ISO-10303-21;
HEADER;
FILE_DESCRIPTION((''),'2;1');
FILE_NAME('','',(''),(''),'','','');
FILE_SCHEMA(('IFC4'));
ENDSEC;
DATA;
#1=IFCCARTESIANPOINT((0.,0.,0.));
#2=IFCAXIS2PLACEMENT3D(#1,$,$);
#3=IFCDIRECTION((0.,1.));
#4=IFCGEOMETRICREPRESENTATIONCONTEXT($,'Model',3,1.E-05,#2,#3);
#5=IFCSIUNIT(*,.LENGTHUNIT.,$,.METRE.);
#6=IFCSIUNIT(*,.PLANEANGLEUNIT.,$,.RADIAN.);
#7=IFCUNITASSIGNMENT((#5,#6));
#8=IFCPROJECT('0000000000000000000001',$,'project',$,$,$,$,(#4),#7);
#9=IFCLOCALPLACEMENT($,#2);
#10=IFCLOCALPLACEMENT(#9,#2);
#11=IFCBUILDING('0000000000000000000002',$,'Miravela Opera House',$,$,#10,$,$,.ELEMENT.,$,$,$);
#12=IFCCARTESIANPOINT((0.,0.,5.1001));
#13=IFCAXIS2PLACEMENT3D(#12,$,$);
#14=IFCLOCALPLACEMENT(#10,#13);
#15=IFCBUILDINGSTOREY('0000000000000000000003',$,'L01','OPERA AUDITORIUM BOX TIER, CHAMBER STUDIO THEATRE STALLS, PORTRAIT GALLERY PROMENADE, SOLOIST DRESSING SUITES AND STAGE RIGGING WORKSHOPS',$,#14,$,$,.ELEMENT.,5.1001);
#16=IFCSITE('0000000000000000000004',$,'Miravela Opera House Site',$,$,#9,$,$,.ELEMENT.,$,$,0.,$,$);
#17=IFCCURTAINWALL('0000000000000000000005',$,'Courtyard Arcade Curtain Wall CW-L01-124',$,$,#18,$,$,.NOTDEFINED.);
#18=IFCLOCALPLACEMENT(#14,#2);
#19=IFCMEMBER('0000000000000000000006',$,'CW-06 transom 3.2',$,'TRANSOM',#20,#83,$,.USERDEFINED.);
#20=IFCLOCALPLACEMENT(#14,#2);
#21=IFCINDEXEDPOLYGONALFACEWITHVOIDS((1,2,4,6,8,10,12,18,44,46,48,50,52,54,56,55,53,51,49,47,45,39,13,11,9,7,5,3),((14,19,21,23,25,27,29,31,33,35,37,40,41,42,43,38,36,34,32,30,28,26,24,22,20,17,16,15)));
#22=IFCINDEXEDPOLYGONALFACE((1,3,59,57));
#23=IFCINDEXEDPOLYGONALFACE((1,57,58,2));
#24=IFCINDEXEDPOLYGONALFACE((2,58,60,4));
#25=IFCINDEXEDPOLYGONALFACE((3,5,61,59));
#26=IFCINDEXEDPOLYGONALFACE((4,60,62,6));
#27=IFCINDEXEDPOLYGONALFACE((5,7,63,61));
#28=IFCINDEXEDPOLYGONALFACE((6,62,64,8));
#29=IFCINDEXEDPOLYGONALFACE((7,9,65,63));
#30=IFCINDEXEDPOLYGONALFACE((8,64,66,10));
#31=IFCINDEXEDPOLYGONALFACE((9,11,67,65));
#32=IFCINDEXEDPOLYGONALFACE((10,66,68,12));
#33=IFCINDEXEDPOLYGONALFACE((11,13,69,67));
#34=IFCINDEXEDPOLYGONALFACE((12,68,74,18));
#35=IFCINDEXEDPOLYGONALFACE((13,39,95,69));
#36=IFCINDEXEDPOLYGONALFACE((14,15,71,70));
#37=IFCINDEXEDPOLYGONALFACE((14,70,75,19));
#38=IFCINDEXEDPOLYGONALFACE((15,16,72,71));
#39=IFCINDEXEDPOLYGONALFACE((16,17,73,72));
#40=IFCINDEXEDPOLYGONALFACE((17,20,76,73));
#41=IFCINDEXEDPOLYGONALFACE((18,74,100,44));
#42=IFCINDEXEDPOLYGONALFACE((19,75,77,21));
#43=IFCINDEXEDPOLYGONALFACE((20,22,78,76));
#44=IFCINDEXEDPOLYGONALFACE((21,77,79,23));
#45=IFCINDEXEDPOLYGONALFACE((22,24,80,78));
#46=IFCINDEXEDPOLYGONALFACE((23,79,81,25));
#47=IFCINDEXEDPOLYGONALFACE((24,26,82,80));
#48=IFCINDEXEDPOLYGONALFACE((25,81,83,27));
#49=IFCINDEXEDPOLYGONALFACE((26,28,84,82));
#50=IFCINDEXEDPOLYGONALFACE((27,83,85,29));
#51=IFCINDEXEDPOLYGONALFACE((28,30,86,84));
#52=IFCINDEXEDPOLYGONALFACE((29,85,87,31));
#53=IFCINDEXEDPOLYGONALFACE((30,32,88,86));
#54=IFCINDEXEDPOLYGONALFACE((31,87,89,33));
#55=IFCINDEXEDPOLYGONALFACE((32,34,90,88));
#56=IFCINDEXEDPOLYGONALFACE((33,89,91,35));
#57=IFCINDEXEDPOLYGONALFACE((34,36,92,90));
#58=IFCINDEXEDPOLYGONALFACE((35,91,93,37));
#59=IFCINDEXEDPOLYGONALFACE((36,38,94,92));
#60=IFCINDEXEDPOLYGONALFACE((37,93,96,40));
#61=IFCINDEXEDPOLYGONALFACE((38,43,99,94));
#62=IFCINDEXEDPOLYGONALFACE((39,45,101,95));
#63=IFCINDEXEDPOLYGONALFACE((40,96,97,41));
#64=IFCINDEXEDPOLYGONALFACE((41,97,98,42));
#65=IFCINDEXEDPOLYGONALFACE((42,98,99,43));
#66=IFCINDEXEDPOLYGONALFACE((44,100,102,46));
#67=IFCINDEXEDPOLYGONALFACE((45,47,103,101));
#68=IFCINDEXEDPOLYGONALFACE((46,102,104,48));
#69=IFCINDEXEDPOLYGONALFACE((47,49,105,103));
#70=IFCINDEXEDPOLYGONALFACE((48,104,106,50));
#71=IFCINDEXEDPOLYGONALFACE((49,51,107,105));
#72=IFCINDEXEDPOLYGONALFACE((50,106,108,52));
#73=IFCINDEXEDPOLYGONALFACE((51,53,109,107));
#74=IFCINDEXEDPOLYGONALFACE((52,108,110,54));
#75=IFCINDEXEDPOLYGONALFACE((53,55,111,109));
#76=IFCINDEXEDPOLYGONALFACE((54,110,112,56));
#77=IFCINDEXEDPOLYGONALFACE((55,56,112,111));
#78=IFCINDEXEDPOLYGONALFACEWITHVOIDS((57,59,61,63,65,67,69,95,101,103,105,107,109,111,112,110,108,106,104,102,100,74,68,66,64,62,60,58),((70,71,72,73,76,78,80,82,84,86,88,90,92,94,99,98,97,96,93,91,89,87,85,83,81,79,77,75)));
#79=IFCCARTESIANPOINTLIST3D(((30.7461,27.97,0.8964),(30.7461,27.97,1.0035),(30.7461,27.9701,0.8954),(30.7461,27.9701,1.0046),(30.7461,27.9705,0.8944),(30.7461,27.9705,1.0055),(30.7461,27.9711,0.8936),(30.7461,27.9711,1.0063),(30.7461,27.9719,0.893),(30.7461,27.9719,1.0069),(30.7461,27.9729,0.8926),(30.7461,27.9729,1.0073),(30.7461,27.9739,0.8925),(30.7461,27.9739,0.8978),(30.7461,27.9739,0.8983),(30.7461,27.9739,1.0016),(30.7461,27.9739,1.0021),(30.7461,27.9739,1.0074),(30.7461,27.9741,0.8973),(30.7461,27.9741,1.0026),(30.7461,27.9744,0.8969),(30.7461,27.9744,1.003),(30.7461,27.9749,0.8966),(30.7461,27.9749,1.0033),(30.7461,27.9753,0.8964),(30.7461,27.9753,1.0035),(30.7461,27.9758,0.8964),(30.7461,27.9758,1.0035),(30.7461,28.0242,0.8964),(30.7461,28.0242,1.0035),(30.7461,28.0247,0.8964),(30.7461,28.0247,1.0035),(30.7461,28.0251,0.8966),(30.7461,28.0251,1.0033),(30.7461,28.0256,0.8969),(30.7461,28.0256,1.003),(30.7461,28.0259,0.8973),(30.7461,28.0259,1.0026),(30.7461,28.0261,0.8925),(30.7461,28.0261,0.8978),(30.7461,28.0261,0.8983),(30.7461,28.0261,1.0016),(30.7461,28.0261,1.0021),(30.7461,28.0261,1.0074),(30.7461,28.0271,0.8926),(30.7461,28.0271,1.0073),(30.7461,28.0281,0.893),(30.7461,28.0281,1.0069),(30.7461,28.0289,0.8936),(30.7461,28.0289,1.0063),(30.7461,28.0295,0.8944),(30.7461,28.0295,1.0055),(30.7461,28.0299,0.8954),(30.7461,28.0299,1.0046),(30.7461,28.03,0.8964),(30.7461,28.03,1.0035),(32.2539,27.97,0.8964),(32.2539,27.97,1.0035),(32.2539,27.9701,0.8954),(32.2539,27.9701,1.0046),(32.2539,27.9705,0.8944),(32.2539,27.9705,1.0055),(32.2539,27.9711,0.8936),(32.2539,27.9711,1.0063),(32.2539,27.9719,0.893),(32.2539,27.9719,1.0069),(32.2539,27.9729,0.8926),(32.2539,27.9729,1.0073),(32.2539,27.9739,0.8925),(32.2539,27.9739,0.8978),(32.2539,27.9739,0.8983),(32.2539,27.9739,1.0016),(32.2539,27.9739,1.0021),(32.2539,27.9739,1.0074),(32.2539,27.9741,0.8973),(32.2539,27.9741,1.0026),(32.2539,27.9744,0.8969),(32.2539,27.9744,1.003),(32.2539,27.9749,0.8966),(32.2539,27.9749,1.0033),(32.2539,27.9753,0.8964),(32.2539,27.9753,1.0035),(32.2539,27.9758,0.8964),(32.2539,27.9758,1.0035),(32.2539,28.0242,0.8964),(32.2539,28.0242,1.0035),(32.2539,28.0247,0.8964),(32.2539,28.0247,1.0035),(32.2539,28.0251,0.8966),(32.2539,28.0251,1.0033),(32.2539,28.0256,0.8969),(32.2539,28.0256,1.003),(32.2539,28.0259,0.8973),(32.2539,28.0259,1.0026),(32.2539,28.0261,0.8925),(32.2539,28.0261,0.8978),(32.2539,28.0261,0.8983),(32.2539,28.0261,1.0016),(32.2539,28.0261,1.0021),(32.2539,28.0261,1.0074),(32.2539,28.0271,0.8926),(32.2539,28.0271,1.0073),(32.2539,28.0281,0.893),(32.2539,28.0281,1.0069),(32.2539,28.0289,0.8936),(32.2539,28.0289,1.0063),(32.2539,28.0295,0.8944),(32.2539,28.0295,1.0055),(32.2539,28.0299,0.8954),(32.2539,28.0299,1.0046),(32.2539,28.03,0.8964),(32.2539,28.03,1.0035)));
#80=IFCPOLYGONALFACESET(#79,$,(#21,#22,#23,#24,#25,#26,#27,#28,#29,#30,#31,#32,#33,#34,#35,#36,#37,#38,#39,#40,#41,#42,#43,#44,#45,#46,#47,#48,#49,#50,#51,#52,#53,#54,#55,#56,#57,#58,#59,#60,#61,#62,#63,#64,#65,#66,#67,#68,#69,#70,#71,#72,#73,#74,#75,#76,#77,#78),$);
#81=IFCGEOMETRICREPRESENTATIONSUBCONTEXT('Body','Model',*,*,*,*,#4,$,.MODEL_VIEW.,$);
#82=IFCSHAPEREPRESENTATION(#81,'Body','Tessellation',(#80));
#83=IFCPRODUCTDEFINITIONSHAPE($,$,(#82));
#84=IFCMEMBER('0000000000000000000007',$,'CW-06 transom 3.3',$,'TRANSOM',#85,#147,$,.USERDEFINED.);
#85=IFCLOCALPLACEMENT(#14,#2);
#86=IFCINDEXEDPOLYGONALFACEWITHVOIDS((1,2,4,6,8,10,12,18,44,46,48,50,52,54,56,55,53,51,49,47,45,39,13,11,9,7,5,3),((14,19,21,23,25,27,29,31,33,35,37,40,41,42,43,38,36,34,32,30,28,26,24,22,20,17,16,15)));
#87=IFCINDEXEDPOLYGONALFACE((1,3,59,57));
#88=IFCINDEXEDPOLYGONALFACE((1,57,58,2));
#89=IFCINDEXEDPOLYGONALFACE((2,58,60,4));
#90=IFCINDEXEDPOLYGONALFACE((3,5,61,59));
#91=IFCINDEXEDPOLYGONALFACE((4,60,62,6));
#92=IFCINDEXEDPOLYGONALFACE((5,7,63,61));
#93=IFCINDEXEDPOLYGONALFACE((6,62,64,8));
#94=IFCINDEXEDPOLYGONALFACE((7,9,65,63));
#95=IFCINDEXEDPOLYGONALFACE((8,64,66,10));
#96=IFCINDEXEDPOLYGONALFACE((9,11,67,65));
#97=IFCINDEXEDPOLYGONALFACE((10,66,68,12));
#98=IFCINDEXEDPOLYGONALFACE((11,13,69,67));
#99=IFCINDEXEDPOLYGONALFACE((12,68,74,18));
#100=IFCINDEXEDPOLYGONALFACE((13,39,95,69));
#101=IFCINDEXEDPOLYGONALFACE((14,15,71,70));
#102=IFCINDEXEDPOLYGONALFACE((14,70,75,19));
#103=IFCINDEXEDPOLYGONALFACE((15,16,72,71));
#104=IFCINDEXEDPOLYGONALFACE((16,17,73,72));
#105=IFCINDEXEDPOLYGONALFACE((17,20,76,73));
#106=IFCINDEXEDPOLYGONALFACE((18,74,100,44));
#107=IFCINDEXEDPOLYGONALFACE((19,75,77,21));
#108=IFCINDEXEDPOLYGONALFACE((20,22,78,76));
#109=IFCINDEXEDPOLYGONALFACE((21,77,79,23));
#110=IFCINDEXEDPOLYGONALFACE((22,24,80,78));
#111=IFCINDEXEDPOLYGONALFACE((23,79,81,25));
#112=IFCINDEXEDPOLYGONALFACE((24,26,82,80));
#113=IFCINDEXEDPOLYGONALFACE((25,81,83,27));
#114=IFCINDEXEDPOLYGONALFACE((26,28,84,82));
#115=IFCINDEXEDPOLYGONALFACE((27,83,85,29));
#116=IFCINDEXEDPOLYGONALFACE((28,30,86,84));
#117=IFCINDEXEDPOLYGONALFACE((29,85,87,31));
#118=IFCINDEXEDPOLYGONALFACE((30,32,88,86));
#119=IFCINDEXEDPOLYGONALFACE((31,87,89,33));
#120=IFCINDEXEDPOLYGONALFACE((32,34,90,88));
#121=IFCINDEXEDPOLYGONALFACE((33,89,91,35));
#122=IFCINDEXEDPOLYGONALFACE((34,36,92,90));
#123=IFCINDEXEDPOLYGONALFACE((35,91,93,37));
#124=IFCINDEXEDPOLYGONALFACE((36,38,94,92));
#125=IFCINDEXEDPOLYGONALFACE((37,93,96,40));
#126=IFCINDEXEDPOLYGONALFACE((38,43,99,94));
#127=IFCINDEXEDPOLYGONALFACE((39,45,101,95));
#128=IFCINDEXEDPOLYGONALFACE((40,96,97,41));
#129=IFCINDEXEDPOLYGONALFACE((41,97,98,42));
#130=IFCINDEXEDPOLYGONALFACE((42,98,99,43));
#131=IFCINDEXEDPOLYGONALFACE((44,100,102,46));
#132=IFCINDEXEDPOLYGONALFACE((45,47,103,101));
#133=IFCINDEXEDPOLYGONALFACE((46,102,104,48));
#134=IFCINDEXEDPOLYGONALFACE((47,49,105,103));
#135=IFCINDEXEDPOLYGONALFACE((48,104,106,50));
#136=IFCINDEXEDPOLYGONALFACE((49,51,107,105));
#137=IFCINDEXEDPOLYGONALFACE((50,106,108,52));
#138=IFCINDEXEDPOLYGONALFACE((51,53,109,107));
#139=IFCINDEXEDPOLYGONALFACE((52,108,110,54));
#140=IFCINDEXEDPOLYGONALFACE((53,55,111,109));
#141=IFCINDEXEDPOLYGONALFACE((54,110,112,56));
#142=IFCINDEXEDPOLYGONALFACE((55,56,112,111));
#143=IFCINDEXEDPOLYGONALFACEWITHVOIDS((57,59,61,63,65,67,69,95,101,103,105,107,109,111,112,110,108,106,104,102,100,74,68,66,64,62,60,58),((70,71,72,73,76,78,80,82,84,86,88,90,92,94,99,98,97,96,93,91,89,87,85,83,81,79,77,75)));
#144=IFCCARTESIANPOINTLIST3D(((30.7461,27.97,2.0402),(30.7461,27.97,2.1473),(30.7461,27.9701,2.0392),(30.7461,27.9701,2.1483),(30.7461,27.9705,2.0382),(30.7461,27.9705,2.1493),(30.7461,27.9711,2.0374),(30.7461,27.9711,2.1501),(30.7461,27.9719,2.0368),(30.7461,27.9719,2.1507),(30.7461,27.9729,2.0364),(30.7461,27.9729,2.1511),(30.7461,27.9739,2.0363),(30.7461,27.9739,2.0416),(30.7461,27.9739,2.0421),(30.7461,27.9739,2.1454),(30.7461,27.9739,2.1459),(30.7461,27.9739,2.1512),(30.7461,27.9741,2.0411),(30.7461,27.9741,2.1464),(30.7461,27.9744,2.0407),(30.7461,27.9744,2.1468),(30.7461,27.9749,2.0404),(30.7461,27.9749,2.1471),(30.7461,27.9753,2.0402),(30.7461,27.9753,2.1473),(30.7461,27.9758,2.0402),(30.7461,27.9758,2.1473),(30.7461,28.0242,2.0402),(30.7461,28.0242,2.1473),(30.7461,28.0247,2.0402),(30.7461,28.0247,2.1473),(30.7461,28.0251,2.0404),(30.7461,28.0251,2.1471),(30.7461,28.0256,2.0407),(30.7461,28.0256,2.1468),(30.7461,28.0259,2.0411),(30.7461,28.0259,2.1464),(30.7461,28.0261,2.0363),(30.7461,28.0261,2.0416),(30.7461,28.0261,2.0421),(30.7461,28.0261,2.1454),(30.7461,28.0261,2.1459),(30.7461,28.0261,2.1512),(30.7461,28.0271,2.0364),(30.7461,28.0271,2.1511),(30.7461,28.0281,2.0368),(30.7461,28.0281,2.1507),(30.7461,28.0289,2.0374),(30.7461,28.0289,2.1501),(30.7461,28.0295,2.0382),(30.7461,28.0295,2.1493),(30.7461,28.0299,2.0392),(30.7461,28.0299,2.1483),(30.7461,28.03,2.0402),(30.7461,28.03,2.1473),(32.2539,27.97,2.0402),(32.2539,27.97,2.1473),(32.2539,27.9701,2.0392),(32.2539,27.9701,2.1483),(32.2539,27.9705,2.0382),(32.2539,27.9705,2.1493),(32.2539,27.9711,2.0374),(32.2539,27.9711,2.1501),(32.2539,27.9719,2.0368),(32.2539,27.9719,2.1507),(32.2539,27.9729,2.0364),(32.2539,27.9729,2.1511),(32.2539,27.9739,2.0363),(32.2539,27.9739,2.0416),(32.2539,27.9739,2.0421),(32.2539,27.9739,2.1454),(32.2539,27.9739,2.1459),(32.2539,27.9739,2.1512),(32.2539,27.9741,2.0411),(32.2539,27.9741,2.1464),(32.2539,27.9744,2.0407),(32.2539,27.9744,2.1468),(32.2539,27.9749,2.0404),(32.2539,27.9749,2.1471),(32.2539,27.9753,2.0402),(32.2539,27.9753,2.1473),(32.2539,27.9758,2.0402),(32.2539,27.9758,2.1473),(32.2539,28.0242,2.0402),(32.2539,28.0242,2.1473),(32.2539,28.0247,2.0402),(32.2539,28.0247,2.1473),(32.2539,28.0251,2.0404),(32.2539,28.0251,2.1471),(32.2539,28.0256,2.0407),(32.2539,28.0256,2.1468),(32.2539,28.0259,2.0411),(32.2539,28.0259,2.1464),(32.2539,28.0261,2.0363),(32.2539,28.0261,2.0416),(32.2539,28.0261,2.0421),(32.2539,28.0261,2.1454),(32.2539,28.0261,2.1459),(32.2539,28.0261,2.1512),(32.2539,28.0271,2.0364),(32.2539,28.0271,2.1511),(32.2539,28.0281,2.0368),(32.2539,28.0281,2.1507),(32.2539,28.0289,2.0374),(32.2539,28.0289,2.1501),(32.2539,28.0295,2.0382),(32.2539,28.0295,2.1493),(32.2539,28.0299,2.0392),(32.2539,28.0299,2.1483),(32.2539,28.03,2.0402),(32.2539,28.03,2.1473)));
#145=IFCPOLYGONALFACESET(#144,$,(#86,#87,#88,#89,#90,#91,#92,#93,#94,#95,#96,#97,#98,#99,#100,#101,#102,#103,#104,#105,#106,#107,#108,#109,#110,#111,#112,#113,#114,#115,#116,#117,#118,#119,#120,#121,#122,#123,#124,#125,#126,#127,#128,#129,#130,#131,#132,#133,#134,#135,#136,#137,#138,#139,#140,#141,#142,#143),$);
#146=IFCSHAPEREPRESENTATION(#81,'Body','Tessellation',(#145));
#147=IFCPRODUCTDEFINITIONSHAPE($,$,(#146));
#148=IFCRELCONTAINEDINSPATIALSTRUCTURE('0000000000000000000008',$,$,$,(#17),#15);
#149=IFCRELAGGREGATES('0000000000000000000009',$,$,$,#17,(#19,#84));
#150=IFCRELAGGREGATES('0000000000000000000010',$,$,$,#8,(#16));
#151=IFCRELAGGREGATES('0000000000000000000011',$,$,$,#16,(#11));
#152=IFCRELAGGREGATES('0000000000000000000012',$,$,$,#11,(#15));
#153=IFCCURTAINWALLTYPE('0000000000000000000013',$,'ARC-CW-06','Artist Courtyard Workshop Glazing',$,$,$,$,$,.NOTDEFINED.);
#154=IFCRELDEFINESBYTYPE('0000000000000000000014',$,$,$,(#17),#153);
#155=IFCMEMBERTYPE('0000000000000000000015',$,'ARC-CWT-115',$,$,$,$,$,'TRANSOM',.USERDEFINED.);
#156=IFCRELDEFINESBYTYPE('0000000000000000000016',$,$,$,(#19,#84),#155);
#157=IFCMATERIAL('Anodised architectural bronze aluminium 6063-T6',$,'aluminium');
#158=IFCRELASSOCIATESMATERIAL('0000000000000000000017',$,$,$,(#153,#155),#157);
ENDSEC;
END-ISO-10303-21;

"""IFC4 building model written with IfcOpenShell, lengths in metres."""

from ifc_helpers import new_model, si_unit, direction, frame, origin, origin_2d, place, context, subcontext, project, spatial, hollow_rectangle, extrude, material, material_profile, profile_set, type_object, element, aggregate, save


model = new_model("IFC4")

# Units and contexts
model_context = context("Model", 3, precision=1e-05, world=origin(), true_north=direction((0.0, 1.0)))
body_context = subcontext(model_context, "Body", "Model", "MODEL_VIEW")
ifc_project = project(units=[si_unit("LENGTHUNIT", "METRE"), si_unit("PLANEANGLEUNIT", "RADIAN")], contexts=[model_context])

# Site, building, storey
site_placement = place(None, origin())
site = spatial("IfcSite", under=ifc_project, at=site_placement, Name="Miravela Opera House Site", CompositionType="ELEMENT", RefElevation=0.0)
building_placement = place(site_placement, origin())
building = spatial("IfcBuilding", under=site, at=building_placement, Name="Miravela Opera House", CompositionType="ELEMENT")
storey_placement = place(building_placement, frame((0.0, 0.0, 5.1001)))
storey = spatial("IfcBuildingStorey", under=building, at=storey_placement, Name="L01", Description="OPERA AUDITORIUM BOX TIER, CHAMBER STUDIO THEATRE STALLS, PORTRAIT GALLERY PROMENADE, SOLOIST DRESSING SUITES AND STAGE RIGGING WORKSHOPS", CompositionType="ELEMENT", Elevation=5.1001)

# Curtain wall, members
ifc_material_1 = material(Name="Anodised architectural bronze aluminium 6063-T6", Category="aluminium")
curtain_wall_type = type_object("IfcCurtainWallType", Name="ARC-CW-06", Description="Artist Courtyard Workshop Glazing", PredefinedType="NOTDEFINED", material=ifc_material_1)
curtain_wall_placement = place(storey_placement, origin())
curtain_wall = element("IfcCurtainWall", 1, at=curtain_wall_placement, inside=storey, type_object=curtain_wall_type, Name="Courtyard Arcade Curtain Wall CW-L01-124", PredefinedType="NOTDEFINED")
ifc_material_profile_1 = material_profile(ifc_material_1, hollow_rectangle(XDim=0.0601, YDim=0.115, WallThickness=0.0039, InnerFilletRadius=0.002, OuterFilletRadius=0.0039, at=origin_2d()), Name="CWT-60X115")
ifc_profile_set_1 = profile_set([ifc_material_profile_1])
member_type_1 = type_object("IfcMemberType", Name="ARC-CWT-115", ElementType="TRANSOM", PredefinedType="USERDEFINED", material=ifc_profile_set_1)
member_1_placement = place(storey_placement, frame((30.7461, 28.0, 0.95), z_axis=(1.0, 0.0, 0.0), x_axis=(0.0, 1.0, 0.0)))
member_1 = element("IfcMember", 2, at=member_1_placement, type_object=member_type_1, Name="CW-06 transom 3.2", ObjectType="TRANSOM", PredefinedType="USERDEFINED", context=body_context, shape_type="SweptSolid", body=[
    extrude(hollow_rectangle(XDim=0.0601, YDim=0.115, WallThickness=0.0039, InnerFilletRadius=0.002, OuterFilletRadius=0.0039, at=origin_2d()), origin(), (0.0, 0.0, 1.0), 1.5078),
])
member_2_placement = place(storey_placement, frame((30.7461, 28.0, 2.0938), z_axis=(1.0, 0.0, 0.0), x_axis=(0.0, 1.0, 0.0)))
member_2 = element("IfcMember", 3, at=member_2_placement, type_object=member_type_1, Name="CW-06 transom 3.3", ObjectType="TRANSOM", PredefinedType="USERDEFINED", context=body_context, shape_type="SweptSolid", body=[
    extrude(hollow_rectangle(XDim=0.0601, YDim=0.115, WallThickness=0.0039, InnerFilletRadius=0.002, OuterFilletRadius=0.0039, at=origin_2d()), origin(), (0.0, 0.0, 1.0), 1.5078),
])
aggregate(curtain_wall, [member_1, member_2])

save(model, "model.ifc")
